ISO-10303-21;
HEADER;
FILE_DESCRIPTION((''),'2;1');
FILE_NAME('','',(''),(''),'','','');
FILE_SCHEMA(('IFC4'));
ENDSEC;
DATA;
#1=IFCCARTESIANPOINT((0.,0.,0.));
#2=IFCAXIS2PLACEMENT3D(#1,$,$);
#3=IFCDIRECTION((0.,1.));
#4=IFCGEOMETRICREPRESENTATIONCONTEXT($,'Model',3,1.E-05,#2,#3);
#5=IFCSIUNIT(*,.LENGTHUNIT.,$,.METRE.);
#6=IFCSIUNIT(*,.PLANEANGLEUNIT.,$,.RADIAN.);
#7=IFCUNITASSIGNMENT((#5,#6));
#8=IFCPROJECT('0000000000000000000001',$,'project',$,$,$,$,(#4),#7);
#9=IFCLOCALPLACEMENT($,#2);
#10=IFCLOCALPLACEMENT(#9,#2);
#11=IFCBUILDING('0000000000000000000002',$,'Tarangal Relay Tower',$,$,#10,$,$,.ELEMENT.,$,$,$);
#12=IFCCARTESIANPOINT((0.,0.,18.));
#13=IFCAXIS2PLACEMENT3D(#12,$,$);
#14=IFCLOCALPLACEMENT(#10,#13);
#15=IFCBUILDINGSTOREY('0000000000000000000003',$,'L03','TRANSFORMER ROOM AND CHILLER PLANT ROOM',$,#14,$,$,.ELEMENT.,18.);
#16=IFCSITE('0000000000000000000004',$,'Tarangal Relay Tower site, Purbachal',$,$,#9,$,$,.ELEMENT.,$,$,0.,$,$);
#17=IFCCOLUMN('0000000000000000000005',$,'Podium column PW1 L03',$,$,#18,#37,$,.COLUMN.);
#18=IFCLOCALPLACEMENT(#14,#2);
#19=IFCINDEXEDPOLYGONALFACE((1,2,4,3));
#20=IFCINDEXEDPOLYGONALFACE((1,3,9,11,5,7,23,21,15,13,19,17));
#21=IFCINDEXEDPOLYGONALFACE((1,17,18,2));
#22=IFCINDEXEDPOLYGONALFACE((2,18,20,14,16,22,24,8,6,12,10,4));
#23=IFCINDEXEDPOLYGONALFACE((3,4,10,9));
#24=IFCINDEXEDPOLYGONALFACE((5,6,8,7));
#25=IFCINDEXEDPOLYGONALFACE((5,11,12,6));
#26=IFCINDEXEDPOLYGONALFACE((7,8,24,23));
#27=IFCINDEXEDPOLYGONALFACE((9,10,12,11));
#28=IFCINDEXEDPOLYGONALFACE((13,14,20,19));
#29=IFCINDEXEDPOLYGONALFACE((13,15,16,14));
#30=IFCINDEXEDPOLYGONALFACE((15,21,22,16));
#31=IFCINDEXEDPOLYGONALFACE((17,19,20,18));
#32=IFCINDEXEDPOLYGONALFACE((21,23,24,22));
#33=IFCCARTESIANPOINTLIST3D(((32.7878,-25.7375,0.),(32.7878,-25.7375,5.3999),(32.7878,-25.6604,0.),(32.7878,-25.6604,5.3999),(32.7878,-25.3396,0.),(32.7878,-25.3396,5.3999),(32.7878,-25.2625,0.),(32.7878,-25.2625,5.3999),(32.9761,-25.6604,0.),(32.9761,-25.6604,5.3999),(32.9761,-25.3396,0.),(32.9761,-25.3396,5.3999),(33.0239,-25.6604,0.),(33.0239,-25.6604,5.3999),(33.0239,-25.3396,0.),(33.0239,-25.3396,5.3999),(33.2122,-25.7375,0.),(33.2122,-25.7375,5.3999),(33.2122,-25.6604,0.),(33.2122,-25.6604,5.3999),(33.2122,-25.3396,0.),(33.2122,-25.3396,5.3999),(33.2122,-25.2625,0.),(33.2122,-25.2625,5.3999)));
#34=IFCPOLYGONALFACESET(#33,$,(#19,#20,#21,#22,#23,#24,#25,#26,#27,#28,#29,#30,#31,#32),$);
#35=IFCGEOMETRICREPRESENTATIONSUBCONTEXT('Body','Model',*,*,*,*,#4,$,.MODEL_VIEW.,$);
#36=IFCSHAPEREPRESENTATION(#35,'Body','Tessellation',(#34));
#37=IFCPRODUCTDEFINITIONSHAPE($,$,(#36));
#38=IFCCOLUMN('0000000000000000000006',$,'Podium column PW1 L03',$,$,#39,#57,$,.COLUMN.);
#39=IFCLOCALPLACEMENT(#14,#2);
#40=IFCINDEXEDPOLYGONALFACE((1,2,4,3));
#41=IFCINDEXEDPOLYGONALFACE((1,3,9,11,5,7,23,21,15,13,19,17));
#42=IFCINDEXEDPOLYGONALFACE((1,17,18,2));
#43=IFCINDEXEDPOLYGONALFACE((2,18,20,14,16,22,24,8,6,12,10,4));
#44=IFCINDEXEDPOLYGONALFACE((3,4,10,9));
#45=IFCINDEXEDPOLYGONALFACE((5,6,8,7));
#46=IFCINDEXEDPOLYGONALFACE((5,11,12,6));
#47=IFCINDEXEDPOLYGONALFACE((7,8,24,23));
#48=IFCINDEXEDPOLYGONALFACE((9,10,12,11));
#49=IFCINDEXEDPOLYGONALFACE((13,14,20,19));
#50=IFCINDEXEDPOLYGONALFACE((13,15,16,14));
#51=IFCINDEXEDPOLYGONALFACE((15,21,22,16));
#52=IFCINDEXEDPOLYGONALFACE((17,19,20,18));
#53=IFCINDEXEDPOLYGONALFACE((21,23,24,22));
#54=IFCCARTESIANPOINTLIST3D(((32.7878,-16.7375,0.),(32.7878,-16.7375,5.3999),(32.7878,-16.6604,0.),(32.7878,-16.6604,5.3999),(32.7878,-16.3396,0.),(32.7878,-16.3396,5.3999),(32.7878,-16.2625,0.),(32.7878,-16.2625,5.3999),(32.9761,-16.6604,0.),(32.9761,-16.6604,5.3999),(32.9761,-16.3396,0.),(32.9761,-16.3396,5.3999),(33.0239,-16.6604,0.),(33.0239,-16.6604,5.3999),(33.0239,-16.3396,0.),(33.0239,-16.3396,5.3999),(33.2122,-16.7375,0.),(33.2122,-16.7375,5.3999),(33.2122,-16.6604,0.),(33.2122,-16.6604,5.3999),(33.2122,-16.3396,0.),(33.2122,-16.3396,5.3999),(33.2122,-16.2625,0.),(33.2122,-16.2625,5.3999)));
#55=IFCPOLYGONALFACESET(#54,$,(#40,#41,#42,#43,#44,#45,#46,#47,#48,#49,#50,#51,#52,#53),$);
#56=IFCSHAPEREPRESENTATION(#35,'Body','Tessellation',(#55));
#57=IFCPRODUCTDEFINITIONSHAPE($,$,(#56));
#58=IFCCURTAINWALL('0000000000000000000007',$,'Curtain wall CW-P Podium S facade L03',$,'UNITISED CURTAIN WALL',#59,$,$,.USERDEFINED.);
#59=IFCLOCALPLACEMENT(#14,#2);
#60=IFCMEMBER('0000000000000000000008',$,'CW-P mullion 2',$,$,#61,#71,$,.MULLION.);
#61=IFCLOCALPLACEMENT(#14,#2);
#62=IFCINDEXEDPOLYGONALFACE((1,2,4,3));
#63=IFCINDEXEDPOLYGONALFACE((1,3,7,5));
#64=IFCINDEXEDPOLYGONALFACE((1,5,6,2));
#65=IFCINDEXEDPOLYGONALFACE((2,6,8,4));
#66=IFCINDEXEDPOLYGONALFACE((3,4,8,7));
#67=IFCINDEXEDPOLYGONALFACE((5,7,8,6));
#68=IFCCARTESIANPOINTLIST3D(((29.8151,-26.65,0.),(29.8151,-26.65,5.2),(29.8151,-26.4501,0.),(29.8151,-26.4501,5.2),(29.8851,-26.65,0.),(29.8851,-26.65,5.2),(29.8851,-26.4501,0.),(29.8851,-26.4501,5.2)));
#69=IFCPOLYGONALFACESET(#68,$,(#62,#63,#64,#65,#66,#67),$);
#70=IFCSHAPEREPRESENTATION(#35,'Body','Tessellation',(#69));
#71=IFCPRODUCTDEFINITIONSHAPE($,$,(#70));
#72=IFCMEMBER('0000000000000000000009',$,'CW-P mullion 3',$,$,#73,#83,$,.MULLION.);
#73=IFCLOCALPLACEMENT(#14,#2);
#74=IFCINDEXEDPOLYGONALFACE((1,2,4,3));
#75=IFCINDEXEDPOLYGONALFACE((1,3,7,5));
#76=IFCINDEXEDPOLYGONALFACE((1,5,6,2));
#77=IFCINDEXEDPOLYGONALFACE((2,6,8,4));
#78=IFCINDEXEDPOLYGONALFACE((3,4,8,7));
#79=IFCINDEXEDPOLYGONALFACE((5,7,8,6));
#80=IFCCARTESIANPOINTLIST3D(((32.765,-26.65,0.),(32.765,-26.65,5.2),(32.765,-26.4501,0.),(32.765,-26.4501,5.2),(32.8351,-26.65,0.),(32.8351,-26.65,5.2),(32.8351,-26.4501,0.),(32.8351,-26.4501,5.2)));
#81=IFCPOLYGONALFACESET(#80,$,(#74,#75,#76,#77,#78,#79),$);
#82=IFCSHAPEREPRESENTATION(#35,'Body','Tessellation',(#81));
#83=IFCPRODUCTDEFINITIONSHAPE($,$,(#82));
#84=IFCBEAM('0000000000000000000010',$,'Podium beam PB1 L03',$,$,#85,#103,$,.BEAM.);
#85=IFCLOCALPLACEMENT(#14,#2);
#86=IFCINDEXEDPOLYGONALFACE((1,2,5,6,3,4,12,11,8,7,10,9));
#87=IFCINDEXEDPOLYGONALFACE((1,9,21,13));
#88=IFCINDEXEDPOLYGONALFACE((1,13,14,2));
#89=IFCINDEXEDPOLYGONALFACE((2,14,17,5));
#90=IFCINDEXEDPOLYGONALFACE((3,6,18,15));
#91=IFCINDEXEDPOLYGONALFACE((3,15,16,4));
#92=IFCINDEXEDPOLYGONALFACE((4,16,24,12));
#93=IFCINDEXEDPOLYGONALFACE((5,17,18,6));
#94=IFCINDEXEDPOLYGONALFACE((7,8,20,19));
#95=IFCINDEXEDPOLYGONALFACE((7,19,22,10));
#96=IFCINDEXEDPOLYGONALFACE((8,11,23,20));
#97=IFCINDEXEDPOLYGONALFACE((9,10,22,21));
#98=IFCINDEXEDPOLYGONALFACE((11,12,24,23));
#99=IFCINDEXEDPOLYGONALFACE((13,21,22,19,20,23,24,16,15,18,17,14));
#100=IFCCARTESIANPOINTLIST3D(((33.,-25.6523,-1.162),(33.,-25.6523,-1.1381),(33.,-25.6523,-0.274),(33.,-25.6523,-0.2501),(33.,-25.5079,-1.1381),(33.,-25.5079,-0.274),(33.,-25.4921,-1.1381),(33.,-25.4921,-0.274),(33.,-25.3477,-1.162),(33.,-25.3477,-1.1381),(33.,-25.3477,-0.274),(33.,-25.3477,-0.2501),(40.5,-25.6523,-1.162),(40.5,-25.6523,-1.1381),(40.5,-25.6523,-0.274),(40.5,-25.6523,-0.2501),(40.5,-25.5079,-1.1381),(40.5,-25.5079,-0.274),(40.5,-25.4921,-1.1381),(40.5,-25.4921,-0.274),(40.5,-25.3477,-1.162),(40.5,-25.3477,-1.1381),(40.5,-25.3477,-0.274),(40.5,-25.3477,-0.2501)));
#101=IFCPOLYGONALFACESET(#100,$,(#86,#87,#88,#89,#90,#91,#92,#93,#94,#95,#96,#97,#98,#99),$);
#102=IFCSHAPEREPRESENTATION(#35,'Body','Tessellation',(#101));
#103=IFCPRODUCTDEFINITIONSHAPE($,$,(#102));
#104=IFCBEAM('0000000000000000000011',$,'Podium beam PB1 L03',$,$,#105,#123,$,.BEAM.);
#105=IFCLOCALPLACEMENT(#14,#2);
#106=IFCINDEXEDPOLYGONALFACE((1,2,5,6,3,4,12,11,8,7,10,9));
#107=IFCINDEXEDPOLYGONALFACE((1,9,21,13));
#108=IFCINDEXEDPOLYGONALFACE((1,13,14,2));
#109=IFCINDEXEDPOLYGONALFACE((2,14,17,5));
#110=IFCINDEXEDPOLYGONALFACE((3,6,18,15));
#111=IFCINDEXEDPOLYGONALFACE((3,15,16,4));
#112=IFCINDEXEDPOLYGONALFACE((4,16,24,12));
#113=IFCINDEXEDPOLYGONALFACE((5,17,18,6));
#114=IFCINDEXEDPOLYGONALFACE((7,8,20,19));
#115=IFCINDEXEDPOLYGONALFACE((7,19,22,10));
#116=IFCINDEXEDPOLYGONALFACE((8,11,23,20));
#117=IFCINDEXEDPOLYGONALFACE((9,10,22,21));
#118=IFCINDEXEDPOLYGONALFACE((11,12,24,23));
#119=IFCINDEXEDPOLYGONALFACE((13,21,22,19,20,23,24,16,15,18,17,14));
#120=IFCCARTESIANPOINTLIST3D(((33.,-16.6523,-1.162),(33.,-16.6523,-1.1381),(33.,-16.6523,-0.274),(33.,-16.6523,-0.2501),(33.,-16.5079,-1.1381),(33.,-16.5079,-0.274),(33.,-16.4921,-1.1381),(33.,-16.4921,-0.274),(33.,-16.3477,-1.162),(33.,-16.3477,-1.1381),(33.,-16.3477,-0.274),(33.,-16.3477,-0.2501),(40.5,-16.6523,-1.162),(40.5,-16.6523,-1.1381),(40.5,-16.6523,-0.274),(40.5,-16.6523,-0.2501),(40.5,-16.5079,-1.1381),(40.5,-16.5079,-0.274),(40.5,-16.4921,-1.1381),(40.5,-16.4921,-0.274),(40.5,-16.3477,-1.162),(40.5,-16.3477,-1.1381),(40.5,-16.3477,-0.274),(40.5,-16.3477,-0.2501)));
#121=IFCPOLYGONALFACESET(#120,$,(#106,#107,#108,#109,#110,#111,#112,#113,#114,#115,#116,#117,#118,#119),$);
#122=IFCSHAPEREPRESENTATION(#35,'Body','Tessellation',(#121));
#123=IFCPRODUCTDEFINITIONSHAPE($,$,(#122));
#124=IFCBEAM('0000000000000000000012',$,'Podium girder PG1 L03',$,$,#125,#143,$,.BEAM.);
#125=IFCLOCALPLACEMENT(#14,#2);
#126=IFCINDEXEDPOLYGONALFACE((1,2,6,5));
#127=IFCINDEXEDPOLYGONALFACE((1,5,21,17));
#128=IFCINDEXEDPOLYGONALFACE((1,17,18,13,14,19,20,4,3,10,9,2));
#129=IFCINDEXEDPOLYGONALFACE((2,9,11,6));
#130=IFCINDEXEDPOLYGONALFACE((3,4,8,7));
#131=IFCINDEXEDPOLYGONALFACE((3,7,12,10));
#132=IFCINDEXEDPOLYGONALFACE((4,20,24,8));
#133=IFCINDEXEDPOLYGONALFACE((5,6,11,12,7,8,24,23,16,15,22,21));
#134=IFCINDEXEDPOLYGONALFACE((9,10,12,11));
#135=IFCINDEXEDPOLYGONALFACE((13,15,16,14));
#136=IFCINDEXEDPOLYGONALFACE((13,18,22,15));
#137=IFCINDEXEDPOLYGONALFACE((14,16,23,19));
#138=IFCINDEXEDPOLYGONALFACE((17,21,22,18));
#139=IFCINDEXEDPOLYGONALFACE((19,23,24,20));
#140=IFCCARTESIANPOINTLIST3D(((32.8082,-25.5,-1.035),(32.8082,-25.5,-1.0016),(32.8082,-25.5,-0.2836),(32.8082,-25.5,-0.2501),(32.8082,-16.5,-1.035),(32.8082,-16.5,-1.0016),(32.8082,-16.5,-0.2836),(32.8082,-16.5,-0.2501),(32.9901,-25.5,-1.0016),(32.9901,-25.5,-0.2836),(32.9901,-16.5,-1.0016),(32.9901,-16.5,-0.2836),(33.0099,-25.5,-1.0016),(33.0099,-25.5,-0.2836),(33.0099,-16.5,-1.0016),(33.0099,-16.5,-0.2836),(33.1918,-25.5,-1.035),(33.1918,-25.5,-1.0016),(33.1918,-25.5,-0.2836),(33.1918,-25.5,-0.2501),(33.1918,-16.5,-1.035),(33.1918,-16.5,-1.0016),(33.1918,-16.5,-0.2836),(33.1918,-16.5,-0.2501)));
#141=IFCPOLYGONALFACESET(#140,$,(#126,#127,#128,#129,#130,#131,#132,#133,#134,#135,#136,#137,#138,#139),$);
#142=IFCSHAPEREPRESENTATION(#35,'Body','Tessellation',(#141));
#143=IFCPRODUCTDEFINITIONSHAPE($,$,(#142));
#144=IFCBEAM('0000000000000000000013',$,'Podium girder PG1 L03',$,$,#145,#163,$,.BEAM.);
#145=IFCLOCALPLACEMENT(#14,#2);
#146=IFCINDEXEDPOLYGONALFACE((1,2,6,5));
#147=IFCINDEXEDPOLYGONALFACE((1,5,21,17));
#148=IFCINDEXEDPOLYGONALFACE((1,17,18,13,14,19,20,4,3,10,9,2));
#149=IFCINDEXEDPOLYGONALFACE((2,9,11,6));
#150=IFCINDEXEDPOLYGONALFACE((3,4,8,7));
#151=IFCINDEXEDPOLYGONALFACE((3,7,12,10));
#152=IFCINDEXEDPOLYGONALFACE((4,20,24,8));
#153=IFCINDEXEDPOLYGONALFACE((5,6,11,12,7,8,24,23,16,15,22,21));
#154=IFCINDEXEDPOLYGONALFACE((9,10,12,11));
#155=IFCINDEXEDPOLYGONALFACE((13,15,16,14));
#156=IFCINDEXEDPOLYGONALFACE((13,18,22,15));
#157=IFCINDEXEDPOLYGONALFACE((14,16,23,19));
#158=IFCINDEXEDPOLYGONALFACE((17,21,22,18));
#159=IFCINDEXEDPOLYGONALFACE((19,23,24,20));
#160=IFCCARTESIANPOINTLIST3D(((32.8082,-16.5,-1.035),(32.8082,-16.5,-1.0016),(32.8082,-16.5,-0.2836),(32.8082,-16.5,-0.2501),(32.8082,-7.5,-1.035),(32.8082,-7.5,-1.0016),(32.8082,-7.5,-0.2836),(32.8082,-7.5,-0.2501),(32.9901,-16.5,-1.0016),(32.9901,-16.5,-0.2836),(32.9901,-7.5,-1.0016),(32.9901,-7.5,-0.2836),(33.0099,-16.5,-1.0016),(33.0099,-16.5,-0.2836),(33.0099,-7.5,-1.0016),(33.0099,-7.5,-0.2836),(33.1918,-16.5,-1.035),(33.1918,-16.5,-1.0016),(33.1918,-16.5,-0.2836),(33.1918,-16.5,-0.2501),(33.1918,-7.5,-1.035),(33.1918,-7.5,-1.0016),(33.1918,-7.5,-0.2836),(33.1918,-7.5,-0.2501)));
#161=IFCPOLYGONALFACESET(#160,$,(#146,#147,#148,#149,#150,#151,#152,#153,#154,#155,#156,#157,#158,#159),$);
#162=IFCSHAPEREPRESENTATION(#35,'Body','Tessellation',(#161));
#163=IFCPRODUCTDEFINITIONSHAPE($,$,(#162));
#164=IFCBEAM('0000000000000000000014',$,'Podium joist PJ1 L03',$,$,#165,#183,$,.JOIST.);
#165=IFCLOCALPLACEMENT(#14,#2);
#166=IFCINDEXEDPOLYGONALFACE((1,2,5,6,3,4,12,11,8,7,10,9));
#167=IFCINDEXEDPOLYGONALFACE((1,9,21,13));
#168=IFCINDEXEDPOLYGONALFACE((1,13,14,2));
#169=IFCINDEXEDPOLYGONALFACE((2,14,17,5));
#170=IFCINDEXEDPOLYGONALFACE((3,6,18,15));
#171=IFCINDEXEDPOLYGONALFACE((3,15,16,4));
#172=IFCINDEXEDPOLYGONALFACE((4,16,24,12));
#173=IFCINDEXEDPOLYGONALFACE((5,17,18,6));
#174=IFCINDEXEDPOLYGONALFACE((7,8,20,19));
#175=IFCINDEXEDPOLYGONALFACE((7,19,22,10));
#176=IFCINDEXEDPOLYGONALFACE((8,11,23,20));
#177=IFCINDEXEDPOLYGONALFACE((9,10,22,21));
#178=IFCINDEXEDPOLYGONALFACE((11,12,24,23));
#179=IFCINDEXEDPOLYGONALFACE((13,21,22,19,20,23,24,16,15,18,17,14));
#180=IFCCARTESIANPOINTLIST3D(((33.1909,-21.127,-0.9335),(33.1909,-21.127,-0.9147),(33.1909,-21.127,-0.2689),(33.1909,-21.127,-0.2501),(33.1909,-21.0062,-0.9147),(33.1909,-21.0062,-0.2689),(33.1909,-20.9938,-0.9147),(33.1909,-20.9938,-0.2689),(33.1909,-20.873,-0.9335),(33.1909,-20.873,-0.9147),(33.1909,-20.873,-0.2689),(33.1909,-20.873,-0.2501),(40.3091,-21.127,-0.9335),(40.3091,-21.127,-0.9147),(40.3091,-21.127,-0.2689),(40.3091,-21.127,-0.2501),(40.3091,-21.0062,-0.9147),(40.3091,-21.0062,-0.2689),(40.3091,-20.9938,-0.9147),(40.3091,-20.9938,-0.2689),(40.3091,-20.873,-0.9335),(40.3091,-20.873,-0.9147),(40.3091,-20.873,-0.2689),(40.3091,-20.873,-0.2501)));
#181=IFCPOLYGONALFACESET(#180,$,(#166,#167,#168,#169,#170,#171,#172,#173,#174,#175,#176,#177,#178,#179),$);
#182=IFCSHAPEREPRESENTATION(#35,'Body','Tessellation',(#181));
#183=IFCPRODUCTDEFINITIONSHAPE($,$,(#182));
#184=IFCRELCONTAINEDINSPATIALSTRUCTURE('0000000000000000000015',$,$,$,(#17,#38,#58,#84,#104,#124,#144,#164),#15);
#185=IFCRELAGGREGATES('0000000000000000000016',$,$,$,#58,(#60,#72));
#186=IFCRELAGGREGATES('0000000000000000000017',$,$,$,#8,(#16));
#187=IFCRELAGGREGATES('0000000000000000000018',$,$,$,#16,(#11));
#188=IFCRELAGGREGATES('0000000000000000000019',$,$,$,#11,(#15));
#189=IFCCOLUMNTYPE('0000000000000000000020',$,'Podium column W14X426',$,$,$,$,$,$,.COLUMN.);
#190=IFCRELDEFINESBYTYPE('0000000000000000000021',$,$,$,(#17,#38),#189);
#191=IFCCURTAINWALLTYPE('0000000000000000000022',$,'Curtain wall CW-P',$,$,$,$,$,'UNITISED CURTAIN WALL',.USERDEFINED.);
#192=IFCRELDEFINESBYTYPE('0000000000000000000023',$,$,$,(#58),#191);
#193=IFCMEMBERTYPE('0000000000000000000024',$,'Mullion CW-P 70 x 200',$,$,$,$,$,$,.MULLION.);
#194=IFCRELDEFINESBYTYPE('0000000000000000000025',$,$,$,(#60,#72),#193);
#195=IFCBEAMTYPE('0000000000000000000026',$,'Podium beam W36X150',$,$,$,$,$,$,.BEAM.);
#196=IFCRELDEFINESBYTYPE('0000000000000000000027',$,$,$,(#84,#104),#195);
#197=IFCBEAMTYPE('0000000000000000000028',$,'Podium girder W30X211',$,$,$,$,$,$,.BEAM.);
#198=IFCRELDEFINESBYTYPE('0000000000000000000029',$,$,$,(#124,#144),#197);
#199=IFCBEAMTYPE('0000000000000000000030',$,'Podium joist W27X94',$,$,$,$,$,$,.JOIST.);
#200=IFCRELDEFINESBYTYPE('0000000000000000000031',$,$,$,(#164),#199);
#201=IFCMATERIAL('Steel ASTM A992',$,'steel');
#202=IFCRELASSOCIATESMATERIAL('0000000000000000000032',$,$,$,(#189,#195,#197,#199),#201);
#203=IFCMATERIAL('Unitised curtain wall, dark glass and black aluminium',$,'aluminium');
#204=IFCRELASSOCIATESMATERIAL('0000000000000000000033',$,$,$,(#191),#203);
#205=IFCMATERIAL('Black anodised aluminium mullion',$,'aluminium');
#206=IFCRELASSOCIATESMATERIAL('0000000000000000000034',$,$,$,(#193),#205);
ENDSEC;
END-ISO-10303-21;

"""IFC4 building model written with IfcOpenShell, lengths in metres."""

from ifc_helpers import new_model, si_unit, direction, frame, origin, origin_2d, place, context, subcontext, project, spatial, rectangle, i_section, extrude, material, material_profile, profile_set, type_object, element, aggregate, save


model = new_model("IFC4")

# Units and contexts
model_context = context("Model", 3, precision=1e-05, world=origin(), true_north=direction((0.0, 1.0)))
body_context = subcontext(model_context, "Body", "Model", "MODEL_VIEW")
ifc_project = project(units=[si_unit("LENGTHUNIT", "METRE"), si_unit("PLANEANGLEUNIT", "RADIAN")], contexts=[model_context])

# Site, building, storey
site_placement = place(None, origin())
site = spatial("IfcSite", under=ifc_project, at=site_placement, Name="Tarangal Relay Tower site, Purbachal", CompositionType="ELEMENT", RefElevation=0.0)
building_placement = place(site_placement, origin())
building = spatial("IfcBuilding", under=site, at=building_placement, Name="Tarangal Relay Tower", CompositionType="ELEMENT")
storey_placement = place(building_placement, frame((0.0, 0.0, 18.0)))
storey = spatial("IfcBuildingStorey", under=building, at=storey_placement, Name="L03", Description="TRANSFORMER ROOM AND CHILLER PLANT ROOM", CompositionType="ELEMENT", Elevation=18.0)

# Columns
ifc_material_1 = material(Name="Steel ASTM A992", Category="steel")
ifc_material_profile_1 = material_profile(ifc_material_1, i_section(OverallWidth=0.4243, OverallDepth=0.4751, WebThickness=0.0479, FlangeThickness=0.0771, at=origin_2d()), Name="W14X426")
ifc_profile_set_1 = profile_set([ifc_material_profile_1], Name="Steel ASTM A992")
column_type = type_object("IfcColumnType", Name="Podium column W14X426", PredefinedType="COLUMN", material=ifc_profile_set_1)
for number, where, z_axis, x_axis, name in (
    (1, (33.0, -25.5, 0.0), (0.0, 0.0, 1.0), (1.0, 0.0, 0.0), "Podium column PW1 L03"),
    (2, (33.0, -16.5, 0.0), (0.0, 0.0, 1.0), (1.0, 0.0, 0.0), "Podium column PW1 L03"),
):
    element("IfcColumn", number, at=place(storey_placement, frame(where, z_axis=z_axis, x_axis=x_axis)), inside=storey, type_object=column_type, Name=name, PredefinedType="COLUMN", context=body_context, shape_type="SweptSolid", body=[
        extrude(i_section(OverallWidth=0.4243, OverallDepth=0.4751, WebThickness=0.0479, FlangeThickness=0.0771, at=origin_2d()), origin(), (0.0, 0.0, 1.0), 5.3999),
    ])

# Curtain wall, members
ifc_material_2 = material(Name="Unitised curtain wall, dark glass and black aluminium", Category="aluminium")
curtain_wall_type = type_object("IfcCurtainWallType", Name="Curtain wall CW-P", ElementType="UNITISED CURTAIN WALL", PredefinedType="USERDEFINED", material=ifc_material_2)
curtain_wall_placement = place(storey_placement, origin())
curtain_wall = element("IfcCurtainWall", 3, at=curtain_wall_placement, inside=storey, type_object=curtain_wall_type, Name="Curtain wall CW-P Podium S facade L03", ObjectType="UNITISED CURTAIN WALL", PredefinedType="USERDEFINED")
ifc_material_3 = material(Name="Black anodised aluminium mullion", Category="aluminium")
ifc_material_profile_2 = material_profile(ifc_material_3, rectangle(XDim=0.2, YDim=0.0701, at=origin_2d()), Name="CW-PM 70X200")
ifc_profile_set_2 = profile_set([ifc_material_profile_2], Name="Black anodised aluminium mullion")
member_type_1 = type_object("IfcMemberType", Name="Mullion CW-P 70 x 200", PredefinedType="MULLION", material=ifc_profile_set_2)
member_1_placement = place(storey_placement, frame((29.8501, -26.55, 0.0), z_axis=(0.0, 0.0, 1.0), x_axis=(0.0, 1.0, 0.0)))
member_1 = element("IfcMember", 4, at=member_1_placement, type_object=member_type_1, Name="CW-P mullion 2", PredefinedType="MULLION", context=body_context, shape_type="SweptSolid", body=[
    extrude(rectangle(XDim=0.2, YDim=0.0701, at=origin_2d()), origin(), (0.0, 0.0, 1.0), 5.2),
])
member_2_placement = place(storey_placement, frame((32.8, -26.55, 0.0), z_axis=(0.0, 0.0, 1.0), x_axis=(0.0, 1.0, 0.0)))
member_2 = element("IfcMember", 5, at=member_2_placement, type_object=member_type_1, Name="CW-P mullion 3", PredefinedType="MULLION", context=body_context, shape_type="SweptSolid", body=[
    extrude(rectangle(XDim=0.2, YDim=0.0701, at=origin_2d()), origin(), (0.0, 0.0, 1.0), 5.2),
])

# Beams
ifc_material_profile_3 = material_profile(ifc_material_1, i_section(OverallWidth=0.3047, OverallDepth=0.9119, WebThickness=0.0159, FlangeThickness=0.0239, at=origin_2d()), Name="W36X150")
ifc_profile_set_3 = profile_set([ifc_material_profile_3], Name="Steel ASTM A992")
beam_type_1 = type_object("IfcBeamType", Name="Podium beam W36X150", PredefinedType="BEAM", material=ifc_profile_set_3)
for number, where, z_axis, x_axis, name in (
    (6, (33.0, -25.5, -0.7061), (1.0, 0.0, 0.0), (0.0, 1.0, 0.0), "Podium beam PB1 L03"),
    (7, (33.0, -16.5, -0.7061), (1.0, 0.0, 0.0), (0.0, 1.0, 0.0), "Podium beam PB1 L03"),
):
    element("IfcBeam", number, at=place(storey_placement, frame(where, z_axis=z_axis, x_axis=x_axis)), inside=storey, type_object=beam_type_1, Name=name, PredefinedType="BEAM", context=body_context, shape_type="SweptSolid", body=[
        extrude(i_section(OverallWidth=0.3047, OverallDepth=0.9119, WebThickness=0.0159, FlangeThickness=0.0239, at=origin_2d()), origin(), (0.0, 0.0, 1.0), 7.5),
    ])
ifc_material_profile_4 = material_profile(ifc_material_1, i_section(OverallWidth=0.3835, OverallDepth=0.7849, WebThickness=0.0198, FlangeThickness=0.0334, at=origin_2d()), Name="W30X211")
ifc_profile_set_4 = profile_set([ifc_material_profile_4], Name="Steel ASTM A992")
beam_type_2 = type_object("IfcBeamType", Name="Podium girder W30X211", PredefinedType="BEAM", material=ifc_profile_set_4)
for number, where, z_axis, x_axis, name in (
    (8, (33.0, -25.5, -0.6426), (0.0, 1.0, 0.0), (-1.0, 0.0, 0.0), "Podium girder PG1 L03"),
    (9, (33.0, -16.5, -0.6426), (0.0, 1.0, 0.0), (-1.0, 0.0, 0.0), "Podium girder PG1 L03"),
):
    element("IfcBeam", number, at=place(storey_placement, frame(where, z_axis=z_axis, x_axis=x_axis)), inside=storey, type_object=beam_type_2, Name=name, PredefinedType="BEAM", context=body_context, shape_type="SweptSolid", body=[
        extrude(i_section(OverallWidth=0.3835, OverallDepth=0.7849, WebThickness=0.0198, FlangeThickness=0.0334, at=origin_2d()), origin(), (0.0, 0.0, 1.0), 9.0),
    ])
ifc_material_profile_5 = material_profile(ifc_material_1, i_section(OverallWidth=0.2539, OverallDepth=0.6833, WebThickness=0.0125, FlangeThickness=0.0188, at=origin_2d()), Name="W27X94")
ifc_profile_set_5 = profile_set([ifc_material_profile_5], Name="Steel ASTM A992")
beam_type_3 = type_object("IfcBeamType", Name="Podium joist W27X94", PredefinedType="JOIST", material=ifc_profile_set_5)
beam_placement = place(storey_placement, frame((33.1909, -21.0, -0.5918), z_axis=(1.0, 0.0, 0.0), x_axis=(0.0, 1.0, 0.0)))
element("IfcBeam", 10, at=beam_placement, inside=storey, type_object=beam_type_3, Name="Podium joist PJ1 L03", PredefinedType="JOIST", context=body_context, shape_type="SweptSolid", body=[
    extrude(i_section(OverallWidth=0.2539, OverallDepth=0.6833, WebThickness=0.0125, FlangeThickness=0.0188, at=origin_2d()), origin(), (0.0, 0.0, 1.0), 7.1182),
])

aggregate(curtain_wall, [member_1, member_2])

save(model, "model.ifc")
